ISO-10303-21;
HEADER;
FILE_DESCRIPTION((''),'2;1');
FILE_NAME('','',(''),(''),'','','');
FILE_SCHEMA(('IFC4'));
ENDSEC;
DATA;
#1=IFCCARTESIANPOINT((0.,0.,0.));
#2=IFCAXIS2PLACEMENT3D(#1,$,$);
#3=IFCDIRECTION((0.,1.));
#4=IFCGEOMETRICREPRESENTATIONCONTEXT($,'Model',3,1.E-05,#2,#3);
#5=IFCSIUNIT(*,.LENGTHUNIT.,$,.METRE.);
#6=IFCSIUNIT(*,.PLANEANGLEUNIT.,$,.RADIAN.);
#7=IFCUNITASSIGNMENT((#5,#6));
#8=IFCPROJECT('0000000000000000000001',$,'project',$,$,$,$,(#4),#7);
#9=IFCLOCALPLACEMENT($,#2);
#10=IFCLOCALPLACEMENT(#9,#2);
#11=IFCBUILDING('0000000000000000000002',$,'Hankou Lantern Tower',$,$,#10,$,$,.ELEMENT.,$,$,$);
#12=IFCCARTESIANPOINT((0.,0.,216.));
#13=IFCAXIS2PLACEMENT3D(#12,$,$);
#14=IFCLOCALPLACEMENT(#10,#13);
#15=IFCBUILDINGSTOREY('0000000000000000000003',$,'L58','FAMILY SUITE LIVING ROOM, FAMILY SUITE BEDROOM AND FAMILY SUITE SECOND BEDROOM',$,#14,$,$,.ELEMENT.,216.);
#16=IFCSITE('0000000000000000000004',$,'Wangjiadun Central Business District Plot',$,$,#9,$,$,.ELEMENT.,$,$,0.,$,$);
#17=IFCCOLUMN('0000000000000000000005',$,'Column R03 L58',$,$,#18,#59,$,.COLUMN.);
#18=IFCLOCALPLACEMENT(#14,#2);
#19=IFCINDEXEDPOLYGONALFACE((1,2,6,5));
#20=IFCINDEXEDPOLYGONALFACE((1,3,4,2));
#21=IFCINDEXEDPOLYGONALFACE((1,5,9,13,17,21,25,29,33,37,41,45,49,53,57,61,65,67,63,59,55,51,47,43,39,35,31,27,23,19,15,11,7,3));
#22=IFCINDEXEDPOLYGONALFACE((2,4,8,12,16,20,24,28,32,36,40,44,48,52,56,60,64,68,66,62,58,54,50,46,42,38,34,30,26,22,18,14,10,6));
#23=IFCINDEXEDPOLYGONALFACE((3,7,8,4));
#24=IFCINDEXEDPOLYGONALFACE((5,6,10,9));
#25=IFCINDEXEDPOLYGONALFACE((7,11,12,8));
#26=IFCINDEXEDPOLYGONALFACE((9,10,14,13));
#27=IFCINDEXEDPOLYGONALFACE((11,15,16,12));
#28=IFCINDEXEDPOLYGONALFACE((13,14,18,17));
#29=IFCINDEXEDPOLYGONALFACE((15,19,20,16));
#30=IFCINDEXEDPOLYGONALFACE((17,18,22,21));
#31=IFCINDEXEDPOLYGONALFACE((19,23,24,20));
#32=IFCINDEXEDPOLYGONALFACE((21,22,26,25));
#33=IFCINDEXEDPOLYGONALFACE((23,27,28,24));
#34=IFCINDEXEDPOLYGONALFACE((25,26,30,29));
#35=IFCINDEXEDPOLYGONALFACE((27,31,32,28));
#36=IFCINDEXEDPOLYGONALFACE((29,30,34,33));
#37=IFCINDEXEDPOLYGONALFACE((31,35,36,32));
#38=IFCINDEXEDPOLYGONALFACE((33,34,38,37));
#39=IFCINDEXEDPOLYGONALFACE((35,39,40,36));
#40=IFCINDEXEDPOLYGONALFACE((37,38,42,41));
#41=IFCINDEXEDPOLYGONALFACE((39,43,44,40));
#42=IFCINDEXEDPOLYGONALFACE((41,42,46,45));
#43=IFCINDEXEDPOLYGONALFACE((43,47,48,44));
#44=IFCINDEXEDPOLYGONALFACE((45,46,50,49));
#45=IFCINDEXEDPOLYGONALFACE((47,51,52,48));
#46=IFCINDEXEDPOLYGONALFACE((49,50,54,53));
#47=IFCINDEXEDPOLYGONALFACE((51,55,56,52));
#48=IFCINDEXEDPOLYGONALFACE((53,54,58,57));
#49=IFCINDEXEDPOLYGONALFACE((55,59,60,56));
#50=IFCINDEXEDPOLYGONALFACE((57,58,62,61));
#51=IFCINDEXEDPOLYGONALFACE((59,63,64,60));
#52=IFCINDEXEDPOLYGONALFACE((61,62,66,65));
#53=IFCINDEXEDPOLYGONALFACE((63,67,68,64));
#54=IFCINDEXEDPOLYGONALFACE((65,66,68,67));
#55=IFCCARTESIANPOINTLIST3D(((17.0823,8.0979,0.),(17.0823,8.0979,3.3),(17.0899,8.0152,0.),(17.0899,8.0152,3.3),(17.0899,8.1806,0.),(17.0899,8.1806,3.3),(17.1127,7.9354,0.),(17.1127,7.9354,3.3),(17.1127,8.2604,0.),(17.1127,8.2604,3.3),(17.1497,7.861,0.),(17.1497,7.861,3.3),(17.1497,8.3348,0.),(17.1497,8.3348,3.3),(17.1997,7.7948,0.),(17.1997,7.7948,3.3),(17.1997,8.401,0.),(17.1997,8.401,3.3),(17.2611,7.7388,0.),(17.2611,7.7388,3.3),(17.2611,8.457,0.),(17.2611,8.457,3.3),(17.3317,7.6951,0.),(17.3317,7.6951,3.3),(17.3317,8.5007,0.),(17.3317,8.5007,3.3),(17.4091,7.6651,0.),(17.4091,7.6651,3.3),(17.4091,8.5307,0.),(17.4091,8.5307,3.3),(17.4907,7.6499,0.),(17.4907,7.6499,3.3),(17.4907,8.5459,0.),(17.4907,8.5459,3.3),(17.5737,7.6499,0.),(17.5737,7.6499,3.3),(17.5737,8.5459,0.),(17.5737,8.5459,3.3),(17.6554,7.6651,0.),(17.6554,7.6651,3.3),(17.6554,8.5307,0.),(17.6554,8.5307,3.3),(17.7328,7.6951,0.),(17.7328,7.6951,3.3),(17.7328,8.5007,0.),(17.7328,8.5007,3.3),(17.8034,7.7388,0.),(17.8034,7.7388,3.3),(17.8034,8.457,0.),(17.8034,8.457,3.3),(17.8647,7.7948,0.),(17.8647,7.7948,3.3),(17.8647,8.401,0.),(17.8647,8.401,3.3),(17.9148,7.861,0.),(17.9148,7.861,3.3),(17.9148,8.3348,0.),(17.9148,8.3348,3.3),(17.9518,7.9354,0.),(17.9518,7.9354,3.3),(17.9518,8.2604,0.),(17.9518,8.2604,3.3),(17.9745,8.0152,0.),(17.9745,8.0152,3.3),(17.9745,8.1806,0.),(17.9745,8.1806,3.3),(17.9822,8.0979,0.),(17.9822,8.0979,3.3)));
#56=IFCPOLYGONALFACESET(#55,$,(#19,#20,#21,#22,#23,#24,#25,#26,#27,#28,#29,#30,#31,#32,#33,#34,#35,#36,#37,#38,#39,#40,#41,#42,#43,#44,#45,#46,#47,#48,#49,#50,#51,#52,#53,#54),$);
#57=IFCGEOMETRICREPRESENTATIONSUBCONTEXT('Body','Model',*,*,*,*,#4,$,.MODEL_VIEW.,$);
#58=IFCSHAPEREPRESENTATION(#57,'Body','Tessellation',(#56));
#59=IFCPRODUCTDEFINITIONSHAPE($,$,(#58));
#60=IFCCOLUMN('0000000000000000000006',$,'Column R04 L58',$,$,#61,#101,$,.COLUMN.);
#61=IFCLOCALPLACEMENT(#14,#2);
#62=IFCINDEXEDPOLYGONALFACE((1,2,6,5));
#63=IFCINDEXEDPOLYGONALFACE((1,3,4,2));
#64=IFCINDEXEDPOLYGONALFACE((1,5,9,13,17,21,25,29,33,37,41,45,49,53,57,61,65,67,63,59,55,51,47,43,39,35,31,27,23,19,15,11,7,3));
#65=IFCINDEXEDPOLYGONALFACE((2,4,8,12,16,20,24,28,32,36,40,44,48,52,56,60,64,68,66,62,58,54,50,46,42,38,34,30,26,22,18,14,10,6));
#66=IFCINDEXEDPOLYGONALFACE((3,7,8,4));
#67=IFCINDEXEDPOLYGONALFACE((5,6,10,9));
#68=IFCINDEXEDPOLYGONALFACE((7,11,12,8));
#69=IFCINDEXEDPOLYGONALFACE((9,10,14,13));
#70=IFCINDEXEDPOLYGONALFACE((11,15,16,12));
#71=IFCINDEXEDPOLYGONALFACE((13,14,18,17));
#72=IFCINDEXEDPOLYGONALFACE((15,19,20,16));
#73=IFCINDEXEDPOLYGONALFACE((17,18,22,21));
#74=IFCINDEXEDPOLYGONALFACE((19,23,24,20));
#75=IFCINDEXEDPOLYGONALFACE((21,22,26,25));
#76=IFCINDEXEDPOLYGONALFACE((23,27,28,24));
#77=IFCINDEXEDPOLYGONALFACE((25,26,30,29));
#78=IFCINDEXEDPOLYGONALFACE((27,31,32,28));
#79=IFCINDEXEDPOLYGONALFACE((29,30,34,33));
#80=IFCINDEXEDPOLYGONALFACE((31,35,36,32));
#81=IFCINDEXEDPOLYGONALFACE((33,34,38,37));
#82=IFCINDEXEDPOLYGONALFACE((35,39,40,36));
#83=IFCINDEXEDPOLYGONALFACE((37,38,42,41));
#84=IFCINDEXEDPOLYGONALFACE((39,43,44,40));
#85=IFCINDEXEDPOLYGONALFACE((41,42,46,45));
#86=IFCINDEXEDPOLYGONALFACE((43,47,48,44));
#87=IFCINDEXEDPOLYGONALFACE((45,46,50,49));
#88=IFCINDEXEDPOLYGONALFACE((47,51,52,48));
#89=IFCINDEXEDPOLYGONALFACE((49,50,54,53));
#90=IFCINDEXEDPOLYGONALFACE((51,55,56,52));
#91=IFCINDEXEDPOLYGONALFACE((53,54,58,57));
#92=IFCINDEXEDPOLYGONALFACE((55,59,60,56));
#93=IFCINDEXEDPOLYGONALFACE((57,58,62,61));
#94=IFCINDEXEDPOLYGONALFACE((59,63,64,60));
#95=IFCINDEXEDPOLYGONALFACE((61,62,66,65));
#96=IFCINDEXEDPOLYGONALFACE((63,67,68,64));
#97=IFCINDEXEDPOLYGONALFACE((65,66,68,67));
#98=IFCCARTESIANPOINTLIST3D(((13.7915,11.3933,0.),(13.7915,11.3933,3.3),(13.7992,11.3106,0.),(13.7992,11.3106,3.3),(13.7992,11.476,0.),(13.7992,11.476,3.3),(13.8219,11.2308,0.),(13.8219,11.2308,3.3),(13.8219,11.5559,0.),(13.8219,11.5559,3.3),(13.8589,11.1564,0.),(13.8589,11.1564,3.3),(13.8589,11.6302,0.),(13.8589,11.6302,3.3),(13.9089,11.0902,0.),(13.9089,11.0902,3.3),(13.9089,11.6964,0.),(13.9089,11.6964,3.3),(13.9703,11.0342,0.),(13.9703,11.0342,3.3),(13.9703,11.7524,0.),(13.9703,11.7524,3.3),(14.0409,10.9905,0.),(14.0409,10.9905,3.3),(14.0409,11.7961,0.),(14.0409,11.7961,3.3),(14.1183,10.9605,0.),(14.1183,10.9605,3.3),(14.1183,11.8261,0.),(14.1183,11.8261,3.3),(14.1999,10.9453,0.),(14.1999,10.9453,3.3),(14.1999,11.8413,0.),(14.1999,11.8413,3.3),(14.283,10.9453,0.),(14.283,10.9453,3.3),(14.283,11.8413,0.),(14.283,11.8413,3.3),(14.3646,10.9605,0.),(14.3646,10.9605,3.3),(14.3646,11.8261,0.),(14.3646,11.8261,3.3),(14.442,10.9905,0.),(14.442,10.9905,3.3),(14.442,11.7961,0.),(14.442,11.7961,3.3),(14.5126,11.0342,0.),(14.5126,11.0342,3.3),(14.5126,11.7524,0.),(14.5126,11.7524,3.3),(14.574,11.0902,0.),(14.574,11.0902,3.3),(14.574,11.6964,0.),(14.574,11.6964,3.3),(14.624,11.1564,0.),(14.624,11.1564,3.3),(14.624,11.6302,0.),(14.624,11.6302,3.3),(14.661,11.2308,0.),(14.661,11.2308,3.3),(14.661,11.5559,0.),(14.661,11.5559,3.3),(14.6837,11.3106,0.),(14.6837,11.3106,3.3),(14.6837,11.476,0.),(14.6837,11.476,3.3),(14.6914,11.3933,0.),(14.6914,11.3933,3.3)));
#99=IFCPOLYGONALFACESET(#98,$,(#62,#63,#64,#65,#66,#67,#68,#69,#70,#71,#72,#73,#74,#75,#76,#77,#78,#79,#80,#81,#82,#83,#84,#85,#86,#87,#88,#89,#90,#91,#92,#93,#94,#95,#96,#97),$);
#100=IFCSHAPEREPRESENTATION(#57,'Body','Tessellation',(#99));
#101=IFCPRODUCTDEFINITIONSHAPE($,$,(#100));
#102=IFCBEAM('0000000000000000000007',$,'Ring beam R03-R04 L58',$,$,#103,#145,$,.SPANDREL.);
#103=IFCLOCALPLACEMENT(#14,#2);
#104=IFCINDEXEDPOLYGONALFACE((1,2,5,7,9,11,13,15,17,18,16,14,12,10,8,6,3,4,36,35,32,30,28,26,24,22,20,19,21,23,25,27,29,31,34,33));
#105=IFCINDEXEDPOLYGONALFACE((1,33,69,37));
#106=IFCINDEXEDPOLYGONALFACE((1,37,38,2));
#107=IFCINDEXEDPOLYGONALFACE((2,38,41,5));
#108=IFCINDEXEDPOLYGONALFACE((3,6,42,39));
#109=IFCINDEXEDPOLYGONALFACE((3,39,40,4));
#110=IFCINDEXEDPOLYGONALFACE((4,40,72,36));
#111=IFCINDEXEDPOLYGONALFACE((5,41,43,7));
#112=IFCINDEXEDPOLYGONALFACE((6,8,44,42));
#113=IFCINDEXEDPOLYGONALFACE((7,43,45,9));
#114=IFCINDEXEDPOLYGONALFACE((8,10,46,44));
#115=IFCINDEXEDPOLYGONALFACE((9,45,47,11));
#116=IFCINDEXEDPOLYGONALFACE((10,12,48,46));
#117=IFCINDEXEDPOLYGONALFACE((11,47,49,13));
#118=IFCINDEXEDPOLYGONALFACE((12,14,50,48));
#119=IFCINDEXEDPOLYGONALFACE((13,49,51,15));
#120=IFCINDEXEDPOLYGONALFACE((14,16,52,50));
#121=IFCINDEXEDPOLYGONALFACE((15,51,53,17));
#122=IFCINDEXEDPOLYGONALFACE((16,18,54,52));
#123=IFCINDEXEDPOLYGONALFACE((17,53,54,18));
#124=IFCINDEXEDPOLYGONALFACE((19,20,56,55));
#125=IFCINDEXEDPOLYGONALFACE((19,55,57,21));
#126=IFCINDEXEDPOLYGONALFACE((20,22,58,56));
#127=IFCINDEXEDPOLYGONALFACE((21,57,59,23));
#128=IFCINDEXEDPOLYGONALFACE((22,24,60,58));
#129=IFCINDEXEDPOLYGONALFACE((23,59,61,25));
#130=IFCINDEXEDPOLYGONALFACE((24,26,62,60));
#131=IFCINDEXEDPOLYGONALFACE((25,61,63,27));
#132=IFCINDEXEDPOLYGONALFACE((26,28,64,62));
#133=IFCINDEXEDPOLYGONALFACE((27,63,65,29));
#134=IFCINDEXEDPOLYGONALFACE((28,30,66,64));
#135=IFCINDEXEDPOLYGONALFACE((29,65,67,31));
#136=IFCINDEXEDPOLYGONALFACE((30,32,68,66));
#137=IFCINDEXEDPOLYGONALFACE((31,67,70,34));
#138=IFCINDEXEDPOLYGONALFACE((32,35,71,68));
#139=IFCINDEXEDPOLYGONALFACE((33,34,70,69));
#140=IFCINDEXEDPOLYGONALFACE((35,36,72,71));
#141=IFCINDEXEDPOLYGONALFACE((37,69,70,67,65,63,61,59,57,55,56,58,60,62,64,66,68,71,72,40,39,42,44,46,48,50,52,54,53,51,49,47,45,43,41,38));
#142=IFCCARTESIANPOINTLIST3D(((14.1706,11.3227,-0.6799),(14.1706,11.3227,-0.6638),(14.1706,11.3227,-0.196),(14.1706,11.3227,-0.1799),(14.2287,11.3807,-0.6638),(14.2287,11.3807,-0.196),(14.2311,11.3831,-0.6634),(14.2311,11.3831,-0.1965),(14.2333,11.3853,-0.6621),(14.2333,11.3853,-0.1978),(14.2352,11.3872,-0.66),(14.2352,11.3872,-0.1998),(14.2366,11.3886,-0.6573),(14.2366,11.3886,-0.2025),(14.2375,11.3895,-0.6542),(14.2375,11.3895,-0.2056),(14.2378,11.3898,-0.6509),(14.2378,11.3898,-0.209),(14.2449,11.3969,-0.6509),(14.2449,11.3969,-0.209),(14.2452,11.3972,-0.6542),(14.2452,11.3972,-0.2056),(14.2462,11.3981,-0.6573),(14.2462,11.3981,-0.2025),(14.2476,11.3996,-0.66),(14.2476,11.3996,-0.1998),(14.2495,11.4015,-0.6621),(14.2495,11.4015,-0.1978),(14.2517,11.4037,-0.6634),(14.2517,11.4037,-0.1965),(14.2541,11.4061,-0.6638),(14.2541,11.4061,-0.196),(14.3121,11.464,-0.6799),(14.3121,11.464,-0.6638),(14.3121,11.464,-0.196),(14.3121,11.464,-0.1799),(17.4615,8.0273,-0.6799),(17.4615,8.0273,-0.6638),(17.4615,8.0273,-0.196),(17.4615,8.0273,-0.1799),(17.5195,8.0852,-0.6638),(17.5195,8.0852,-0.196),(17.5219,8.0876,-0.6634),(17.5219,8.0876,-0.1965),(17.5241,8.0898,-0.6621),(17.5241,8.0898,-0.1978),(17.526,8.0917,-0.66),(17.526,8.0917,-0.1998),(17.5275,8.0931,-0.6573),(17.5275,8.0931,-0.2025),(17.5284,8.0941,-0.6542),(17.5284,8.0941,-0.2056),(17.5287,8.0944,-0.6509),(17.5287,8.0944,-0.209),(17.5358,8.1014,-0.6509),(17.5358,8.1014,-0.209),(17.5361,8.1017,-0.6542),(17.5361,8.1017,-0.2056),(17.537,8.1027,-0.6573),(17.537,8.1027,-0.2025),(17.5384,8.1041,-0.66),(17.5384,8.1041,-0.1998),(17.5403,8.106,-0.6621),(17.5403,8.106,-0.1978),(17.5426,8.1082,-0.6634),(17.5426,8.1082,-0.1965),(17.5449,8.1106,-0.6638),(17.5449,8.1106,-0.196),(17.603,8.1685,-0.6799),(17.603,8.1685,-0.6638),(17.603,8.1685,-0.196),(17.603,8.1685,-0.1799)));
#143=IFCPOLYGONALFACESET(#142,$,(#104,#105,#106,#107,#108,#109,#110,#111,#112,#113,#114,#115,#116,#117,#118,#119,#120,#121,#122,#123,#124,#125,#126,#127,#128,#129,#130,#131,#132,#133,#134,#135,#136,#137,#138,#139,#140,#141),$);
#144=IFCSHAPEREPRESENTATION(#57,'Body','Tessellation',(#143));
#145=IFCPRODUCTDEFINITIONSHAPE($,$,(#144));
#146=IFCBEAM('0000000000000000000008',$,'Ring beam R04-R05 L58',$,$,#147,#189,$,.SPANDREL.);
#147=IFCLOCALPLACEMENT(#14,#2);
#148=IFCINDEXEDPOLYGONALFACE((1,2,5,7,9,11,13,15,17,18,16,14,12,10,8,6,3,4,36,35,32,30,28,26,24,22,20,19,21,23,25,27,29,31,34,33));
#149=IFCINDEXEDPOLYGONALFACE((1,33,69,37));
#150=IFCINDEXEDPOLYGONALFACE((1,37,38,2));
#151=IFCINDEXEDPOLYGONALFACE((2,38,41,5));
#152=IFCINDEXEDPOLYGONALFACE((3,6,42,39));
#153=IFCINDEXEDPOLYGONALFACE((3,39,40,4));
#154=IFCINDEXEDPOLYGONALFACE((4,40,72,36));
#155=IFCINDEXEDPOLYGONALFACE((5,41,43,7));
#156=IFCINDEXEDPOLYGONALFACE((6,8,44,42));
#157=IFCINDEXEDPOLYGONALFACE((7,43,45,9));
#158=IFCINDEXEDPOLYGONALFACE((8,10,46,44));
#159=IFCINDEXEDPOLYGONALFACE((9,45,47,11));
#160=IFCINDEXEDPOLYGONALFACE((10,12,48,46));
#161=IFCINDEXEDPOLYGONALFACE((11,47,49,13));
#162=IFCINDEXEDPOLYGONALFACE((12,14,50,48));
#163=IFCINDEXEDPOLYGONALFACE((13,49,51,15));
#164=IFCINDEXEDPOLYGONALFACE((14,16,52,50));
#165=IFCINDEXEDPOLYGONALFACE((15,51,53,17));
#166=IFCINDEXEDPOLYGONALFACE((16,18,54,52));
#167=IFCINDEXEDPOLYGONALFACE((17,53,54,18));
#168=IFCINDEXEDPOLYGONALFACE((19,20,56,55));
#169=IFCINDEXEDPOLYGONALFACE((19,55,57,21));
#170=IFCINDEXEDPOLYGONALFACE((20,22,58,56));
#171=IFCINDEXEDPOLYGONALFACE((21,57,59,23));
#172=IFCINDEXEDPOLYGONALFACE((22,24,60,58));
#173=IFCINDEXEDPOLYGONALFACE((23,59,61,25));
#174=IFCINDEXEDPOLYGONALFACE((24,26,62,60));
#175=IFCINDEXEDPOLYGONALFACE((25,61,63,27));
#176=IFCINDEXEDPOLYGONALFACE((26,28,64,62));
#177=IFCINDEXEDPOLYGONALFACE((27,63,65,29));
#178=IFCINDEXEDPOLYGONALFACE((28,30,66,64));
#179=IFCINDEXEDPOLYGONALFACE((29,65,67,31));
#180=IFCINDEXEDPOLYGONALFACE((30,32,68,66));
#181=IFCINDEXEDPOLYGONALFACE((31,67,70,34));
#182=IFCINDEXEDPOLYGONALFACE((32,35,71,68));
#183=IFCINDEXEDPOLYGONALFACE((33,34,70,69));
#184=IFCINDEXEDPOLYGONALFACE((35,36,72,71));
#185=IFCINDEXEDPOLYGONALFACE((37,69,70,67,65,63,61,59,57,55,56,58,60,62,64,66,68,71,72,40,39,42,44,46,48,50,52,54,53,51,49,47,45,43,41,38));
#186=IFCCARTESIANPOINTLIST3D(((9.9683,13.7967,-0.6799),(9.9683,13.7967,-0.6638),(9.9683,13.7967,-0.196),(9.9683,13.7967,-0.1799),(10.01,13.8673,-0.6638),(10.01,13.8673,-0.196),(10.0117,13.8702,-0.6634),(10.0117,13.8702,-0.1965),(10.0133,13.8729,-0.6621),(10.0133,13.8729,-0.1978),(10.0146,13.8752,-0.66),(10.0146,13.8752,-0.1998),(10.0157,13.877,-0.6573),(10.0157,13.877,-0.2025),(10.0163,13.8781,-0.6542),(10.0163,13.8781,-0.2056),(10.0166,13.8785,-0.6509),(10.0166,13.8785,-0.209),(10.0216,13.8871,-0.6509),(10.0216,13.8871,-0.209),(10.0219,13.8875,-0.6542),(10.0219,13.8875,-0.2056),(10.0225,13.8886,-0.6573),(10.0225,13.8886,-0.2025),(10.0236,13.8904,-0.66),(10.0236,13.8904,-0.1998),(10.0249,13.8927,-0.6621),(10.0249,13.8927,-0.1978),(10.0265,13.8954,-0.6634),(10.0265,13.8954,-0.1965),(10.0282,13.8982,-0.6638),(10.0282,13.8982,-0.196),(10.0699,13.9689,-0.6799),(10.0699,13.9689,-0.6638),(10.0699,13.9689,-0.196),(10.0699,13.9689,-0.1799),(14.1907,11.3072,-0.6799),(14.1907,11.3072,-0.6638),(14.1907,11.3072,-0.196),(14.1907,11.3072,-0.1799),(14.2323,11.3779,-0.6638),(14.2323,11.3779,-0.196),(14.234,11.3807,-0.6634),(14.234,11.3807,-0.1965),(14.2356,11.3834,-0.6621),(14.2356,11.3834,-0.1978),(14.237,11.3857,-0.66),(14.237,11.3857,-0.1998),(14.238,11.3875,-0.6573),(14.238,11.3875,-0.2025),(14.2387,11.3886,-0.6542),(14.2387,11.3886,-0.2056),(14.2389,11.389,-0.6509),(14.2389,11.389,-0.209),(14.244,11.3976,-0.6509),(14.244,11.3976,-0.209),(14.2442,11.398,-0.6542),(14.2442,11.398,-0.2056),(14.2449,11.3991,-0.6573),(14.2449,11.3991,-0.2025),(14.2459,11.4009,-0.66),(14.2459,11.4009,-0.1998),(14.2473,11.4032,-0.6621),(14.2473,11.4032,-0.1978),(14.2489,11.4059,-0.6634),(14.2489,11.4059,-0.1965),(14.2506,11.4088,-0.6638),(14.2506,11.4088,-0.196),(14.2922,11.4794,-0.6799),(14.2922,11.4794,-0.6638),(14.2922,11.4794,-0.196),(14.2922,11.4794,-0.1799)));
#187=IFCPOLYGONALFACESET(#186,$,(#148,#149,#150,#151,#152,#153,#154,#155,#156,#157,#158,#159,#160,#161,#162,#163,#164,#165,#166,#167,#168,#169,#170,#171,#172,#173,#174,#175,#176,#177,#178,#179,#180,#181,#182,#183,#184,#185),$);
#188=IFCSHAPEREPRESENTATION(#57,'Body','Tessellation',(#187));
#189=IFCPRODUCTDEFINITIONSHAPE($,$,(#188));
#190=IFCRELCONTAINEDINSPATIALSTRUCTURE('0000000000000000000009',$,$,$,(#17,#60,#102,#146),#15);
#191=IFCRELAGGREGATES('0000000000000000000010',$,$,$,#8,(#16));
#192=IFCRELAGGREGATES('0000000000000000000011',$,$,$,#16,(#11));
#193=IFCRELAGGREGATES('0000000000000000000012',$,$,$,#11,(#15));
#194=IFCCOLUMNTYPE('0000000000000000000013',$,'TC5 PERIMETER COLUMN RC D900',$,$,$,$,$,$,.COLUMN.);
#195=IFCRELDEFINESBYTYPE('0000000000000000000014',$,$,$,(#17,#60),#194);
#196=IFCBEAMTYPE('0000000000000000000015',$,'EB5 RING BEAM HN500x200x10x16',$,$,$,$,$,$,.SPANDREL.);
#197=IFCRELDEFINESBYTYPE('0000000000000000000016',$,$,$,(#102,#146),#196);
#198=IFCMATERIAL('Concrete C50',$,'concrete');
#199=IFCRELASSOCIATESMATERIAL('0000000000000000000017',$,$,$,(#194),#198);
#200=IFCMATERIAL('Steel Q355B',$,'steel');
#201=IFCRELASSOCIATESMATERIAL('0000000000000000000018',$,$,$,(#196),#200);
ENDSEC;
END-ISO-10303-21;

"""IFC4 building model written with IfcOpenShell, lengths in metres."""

from ifc_helpers import new_model, si_unit, direction, frame, origin, origin_2d, place, context, subcontext, project, spatial, circle, i_section, extrude, material, material_profile, profile_set, type_object, element, save


model = new_model("IFC4")

# Units and contexts
model_context = context("Model", 3, precision=1e-05, world=origin(), true_north=direction((0.0, 1.0)))
body_context = subcontext(model_context, "Body", "Model", "MODEL_VIEW")
ifc_project = project(units=[si_unit("LENGTHUNIT", "METRE"), si_unit("PLANEANGLEUNIT", "RADIAN")], contexts=[model_context])

# Site, building, storey
site_placement = place(None, origin())
site = spatial("IfcSite", under=ifc_project, at=site_placement, Name="Wangjiadun Central Business District Plot", CompositionType="ELEMENT", RefElevation=0.0)
building_placement = place(site_placement, origin())
building = spatial("IfcBuilding", under=site, at=building_placement, Name="Hankou Lantern Tower", CompositionType="ELEMENT")
storey_placement = place(building_placement, frame((0.0, 0.0, 216.0)))
storey = spatial("IfcBuildingStorey", under=building, at=storey_placement, Name="L58", Description="FAMILY SUITE LIVING ROOM, FAMILY SUITE BEDROOM AND FAMILY SUITE SECOND BEDROOM", CompositionType="ELEMENT", Elevation=216.0)

# Columns
ifc_material_1 = material(Name="Concrete C50", Category="concrete")
ifc_material_profile_1 = material_profile(ifc_material_1, circle(Radius=0.45, at=origin_2d()), Name="RC D900")
ifc_profile_set_1 = profile_set([ifc_material_profile_1], Name="Concrete C50")
column_type = type_object("IfcColumnType", Name="TC5 PERIMETER COLUMN RC D900", PredefinedType="COLUMN", material=ifc_profile_set_1)
for number, where, z_axis, x_axis, name in (
    (1, (17.5322, 8.0979, 0.0), (0.0, 0.0, 1.0), (1.0, 0.0, 0.0), "Column R03 L58"),
    (2, (14.2415, 11.3933, 0.0), (0.0, 0.0, 1.0), (1.0, 0.0, 0.0), "Column R04 L58"),
):
    element("IfcColumn", number, at=place(storey_placement, frame(where, z_axis=z_axis, x_axis=x_axis)), inside=storey, type_object=column_type, Name=name, PredefinedType="COLUMN", context=body_context, shape_type="SweptSolid", body=[
        extrude(circle(Radius=0.45, at=origin_2d()), origin(), (0.0, 0.0, 1.0), 3.3),
    ])

# Beams
ifc_material_2 = material(Name="Steel Q355B", Category="steel")
ifc_material_profile_2 = material_profile(ifc_material_2, i_section(OverallWidth=0.2, OverallDepth=0.5, WebThickness=0.01, FlangeThickness=0.0161, FilletRadius=0.0129, at=origin_2d()), Name="HN500x200x10x16")
ifc_profile_set_2 = profile_set([ifc_material_profile_2], Name="Steel Q355B")
beam_type_1 = type_object("IfcBeamType", Name="EB5 RING BEAM HN500x200x10x16", PredefinedType="SPANDREL", material=ifc_profile_set_2)
beam_1_placement = place(storey_placement, frame((17.5322, 8.0979, -0.4299), z_axis=(-0.706609, 0.707605, 0.0), x_axis=(-0.707605, -0.706609, 0.0)))
element("IfcBeam", 3, at=beam_1_placement, inside=storey, type_object=beam_type_1, Name="Ring beam R03-R04 L58", PredefinedType="SPANDREL", context=body_context, shape_type="SweptSolid", body=[
    extrude(i_section(OverallWidth=0.2, OverallDepth=0.5, WebThickness=0.01, FlangeThickness=0.0161, FilletRadius=0.0129, at=origin_2d()), origin(), (0.0, 0.0, 1.0), 4.6572),
])
beam_2_placement = place(storey_placement, frame((14.2415, 11.3933, -0.4299), z_axis=(-0.861423, 0.507888, 0.0), x_axis=(-0.507888, -0.861423, 0.0)))
element("IfcBeam", 4, at=beam_2_placement, inside=storey, type_object=beam_type_1, Name="Ring beam R04-R05 L58", PredefinedType="SPANDREL", context=body_context, shape_type="SweptSolid", body=[
    extrude(i_section(OverallWidth=0.2, OverallDepth=0.5, WebThickness=0.01, FlangeThickness=0.0161, FilletRadius=0.0129, at=origin_2d()), origin(), (0.0, 0.0, 1.0), 4.9016),
])

save(model, "model.ifc")
